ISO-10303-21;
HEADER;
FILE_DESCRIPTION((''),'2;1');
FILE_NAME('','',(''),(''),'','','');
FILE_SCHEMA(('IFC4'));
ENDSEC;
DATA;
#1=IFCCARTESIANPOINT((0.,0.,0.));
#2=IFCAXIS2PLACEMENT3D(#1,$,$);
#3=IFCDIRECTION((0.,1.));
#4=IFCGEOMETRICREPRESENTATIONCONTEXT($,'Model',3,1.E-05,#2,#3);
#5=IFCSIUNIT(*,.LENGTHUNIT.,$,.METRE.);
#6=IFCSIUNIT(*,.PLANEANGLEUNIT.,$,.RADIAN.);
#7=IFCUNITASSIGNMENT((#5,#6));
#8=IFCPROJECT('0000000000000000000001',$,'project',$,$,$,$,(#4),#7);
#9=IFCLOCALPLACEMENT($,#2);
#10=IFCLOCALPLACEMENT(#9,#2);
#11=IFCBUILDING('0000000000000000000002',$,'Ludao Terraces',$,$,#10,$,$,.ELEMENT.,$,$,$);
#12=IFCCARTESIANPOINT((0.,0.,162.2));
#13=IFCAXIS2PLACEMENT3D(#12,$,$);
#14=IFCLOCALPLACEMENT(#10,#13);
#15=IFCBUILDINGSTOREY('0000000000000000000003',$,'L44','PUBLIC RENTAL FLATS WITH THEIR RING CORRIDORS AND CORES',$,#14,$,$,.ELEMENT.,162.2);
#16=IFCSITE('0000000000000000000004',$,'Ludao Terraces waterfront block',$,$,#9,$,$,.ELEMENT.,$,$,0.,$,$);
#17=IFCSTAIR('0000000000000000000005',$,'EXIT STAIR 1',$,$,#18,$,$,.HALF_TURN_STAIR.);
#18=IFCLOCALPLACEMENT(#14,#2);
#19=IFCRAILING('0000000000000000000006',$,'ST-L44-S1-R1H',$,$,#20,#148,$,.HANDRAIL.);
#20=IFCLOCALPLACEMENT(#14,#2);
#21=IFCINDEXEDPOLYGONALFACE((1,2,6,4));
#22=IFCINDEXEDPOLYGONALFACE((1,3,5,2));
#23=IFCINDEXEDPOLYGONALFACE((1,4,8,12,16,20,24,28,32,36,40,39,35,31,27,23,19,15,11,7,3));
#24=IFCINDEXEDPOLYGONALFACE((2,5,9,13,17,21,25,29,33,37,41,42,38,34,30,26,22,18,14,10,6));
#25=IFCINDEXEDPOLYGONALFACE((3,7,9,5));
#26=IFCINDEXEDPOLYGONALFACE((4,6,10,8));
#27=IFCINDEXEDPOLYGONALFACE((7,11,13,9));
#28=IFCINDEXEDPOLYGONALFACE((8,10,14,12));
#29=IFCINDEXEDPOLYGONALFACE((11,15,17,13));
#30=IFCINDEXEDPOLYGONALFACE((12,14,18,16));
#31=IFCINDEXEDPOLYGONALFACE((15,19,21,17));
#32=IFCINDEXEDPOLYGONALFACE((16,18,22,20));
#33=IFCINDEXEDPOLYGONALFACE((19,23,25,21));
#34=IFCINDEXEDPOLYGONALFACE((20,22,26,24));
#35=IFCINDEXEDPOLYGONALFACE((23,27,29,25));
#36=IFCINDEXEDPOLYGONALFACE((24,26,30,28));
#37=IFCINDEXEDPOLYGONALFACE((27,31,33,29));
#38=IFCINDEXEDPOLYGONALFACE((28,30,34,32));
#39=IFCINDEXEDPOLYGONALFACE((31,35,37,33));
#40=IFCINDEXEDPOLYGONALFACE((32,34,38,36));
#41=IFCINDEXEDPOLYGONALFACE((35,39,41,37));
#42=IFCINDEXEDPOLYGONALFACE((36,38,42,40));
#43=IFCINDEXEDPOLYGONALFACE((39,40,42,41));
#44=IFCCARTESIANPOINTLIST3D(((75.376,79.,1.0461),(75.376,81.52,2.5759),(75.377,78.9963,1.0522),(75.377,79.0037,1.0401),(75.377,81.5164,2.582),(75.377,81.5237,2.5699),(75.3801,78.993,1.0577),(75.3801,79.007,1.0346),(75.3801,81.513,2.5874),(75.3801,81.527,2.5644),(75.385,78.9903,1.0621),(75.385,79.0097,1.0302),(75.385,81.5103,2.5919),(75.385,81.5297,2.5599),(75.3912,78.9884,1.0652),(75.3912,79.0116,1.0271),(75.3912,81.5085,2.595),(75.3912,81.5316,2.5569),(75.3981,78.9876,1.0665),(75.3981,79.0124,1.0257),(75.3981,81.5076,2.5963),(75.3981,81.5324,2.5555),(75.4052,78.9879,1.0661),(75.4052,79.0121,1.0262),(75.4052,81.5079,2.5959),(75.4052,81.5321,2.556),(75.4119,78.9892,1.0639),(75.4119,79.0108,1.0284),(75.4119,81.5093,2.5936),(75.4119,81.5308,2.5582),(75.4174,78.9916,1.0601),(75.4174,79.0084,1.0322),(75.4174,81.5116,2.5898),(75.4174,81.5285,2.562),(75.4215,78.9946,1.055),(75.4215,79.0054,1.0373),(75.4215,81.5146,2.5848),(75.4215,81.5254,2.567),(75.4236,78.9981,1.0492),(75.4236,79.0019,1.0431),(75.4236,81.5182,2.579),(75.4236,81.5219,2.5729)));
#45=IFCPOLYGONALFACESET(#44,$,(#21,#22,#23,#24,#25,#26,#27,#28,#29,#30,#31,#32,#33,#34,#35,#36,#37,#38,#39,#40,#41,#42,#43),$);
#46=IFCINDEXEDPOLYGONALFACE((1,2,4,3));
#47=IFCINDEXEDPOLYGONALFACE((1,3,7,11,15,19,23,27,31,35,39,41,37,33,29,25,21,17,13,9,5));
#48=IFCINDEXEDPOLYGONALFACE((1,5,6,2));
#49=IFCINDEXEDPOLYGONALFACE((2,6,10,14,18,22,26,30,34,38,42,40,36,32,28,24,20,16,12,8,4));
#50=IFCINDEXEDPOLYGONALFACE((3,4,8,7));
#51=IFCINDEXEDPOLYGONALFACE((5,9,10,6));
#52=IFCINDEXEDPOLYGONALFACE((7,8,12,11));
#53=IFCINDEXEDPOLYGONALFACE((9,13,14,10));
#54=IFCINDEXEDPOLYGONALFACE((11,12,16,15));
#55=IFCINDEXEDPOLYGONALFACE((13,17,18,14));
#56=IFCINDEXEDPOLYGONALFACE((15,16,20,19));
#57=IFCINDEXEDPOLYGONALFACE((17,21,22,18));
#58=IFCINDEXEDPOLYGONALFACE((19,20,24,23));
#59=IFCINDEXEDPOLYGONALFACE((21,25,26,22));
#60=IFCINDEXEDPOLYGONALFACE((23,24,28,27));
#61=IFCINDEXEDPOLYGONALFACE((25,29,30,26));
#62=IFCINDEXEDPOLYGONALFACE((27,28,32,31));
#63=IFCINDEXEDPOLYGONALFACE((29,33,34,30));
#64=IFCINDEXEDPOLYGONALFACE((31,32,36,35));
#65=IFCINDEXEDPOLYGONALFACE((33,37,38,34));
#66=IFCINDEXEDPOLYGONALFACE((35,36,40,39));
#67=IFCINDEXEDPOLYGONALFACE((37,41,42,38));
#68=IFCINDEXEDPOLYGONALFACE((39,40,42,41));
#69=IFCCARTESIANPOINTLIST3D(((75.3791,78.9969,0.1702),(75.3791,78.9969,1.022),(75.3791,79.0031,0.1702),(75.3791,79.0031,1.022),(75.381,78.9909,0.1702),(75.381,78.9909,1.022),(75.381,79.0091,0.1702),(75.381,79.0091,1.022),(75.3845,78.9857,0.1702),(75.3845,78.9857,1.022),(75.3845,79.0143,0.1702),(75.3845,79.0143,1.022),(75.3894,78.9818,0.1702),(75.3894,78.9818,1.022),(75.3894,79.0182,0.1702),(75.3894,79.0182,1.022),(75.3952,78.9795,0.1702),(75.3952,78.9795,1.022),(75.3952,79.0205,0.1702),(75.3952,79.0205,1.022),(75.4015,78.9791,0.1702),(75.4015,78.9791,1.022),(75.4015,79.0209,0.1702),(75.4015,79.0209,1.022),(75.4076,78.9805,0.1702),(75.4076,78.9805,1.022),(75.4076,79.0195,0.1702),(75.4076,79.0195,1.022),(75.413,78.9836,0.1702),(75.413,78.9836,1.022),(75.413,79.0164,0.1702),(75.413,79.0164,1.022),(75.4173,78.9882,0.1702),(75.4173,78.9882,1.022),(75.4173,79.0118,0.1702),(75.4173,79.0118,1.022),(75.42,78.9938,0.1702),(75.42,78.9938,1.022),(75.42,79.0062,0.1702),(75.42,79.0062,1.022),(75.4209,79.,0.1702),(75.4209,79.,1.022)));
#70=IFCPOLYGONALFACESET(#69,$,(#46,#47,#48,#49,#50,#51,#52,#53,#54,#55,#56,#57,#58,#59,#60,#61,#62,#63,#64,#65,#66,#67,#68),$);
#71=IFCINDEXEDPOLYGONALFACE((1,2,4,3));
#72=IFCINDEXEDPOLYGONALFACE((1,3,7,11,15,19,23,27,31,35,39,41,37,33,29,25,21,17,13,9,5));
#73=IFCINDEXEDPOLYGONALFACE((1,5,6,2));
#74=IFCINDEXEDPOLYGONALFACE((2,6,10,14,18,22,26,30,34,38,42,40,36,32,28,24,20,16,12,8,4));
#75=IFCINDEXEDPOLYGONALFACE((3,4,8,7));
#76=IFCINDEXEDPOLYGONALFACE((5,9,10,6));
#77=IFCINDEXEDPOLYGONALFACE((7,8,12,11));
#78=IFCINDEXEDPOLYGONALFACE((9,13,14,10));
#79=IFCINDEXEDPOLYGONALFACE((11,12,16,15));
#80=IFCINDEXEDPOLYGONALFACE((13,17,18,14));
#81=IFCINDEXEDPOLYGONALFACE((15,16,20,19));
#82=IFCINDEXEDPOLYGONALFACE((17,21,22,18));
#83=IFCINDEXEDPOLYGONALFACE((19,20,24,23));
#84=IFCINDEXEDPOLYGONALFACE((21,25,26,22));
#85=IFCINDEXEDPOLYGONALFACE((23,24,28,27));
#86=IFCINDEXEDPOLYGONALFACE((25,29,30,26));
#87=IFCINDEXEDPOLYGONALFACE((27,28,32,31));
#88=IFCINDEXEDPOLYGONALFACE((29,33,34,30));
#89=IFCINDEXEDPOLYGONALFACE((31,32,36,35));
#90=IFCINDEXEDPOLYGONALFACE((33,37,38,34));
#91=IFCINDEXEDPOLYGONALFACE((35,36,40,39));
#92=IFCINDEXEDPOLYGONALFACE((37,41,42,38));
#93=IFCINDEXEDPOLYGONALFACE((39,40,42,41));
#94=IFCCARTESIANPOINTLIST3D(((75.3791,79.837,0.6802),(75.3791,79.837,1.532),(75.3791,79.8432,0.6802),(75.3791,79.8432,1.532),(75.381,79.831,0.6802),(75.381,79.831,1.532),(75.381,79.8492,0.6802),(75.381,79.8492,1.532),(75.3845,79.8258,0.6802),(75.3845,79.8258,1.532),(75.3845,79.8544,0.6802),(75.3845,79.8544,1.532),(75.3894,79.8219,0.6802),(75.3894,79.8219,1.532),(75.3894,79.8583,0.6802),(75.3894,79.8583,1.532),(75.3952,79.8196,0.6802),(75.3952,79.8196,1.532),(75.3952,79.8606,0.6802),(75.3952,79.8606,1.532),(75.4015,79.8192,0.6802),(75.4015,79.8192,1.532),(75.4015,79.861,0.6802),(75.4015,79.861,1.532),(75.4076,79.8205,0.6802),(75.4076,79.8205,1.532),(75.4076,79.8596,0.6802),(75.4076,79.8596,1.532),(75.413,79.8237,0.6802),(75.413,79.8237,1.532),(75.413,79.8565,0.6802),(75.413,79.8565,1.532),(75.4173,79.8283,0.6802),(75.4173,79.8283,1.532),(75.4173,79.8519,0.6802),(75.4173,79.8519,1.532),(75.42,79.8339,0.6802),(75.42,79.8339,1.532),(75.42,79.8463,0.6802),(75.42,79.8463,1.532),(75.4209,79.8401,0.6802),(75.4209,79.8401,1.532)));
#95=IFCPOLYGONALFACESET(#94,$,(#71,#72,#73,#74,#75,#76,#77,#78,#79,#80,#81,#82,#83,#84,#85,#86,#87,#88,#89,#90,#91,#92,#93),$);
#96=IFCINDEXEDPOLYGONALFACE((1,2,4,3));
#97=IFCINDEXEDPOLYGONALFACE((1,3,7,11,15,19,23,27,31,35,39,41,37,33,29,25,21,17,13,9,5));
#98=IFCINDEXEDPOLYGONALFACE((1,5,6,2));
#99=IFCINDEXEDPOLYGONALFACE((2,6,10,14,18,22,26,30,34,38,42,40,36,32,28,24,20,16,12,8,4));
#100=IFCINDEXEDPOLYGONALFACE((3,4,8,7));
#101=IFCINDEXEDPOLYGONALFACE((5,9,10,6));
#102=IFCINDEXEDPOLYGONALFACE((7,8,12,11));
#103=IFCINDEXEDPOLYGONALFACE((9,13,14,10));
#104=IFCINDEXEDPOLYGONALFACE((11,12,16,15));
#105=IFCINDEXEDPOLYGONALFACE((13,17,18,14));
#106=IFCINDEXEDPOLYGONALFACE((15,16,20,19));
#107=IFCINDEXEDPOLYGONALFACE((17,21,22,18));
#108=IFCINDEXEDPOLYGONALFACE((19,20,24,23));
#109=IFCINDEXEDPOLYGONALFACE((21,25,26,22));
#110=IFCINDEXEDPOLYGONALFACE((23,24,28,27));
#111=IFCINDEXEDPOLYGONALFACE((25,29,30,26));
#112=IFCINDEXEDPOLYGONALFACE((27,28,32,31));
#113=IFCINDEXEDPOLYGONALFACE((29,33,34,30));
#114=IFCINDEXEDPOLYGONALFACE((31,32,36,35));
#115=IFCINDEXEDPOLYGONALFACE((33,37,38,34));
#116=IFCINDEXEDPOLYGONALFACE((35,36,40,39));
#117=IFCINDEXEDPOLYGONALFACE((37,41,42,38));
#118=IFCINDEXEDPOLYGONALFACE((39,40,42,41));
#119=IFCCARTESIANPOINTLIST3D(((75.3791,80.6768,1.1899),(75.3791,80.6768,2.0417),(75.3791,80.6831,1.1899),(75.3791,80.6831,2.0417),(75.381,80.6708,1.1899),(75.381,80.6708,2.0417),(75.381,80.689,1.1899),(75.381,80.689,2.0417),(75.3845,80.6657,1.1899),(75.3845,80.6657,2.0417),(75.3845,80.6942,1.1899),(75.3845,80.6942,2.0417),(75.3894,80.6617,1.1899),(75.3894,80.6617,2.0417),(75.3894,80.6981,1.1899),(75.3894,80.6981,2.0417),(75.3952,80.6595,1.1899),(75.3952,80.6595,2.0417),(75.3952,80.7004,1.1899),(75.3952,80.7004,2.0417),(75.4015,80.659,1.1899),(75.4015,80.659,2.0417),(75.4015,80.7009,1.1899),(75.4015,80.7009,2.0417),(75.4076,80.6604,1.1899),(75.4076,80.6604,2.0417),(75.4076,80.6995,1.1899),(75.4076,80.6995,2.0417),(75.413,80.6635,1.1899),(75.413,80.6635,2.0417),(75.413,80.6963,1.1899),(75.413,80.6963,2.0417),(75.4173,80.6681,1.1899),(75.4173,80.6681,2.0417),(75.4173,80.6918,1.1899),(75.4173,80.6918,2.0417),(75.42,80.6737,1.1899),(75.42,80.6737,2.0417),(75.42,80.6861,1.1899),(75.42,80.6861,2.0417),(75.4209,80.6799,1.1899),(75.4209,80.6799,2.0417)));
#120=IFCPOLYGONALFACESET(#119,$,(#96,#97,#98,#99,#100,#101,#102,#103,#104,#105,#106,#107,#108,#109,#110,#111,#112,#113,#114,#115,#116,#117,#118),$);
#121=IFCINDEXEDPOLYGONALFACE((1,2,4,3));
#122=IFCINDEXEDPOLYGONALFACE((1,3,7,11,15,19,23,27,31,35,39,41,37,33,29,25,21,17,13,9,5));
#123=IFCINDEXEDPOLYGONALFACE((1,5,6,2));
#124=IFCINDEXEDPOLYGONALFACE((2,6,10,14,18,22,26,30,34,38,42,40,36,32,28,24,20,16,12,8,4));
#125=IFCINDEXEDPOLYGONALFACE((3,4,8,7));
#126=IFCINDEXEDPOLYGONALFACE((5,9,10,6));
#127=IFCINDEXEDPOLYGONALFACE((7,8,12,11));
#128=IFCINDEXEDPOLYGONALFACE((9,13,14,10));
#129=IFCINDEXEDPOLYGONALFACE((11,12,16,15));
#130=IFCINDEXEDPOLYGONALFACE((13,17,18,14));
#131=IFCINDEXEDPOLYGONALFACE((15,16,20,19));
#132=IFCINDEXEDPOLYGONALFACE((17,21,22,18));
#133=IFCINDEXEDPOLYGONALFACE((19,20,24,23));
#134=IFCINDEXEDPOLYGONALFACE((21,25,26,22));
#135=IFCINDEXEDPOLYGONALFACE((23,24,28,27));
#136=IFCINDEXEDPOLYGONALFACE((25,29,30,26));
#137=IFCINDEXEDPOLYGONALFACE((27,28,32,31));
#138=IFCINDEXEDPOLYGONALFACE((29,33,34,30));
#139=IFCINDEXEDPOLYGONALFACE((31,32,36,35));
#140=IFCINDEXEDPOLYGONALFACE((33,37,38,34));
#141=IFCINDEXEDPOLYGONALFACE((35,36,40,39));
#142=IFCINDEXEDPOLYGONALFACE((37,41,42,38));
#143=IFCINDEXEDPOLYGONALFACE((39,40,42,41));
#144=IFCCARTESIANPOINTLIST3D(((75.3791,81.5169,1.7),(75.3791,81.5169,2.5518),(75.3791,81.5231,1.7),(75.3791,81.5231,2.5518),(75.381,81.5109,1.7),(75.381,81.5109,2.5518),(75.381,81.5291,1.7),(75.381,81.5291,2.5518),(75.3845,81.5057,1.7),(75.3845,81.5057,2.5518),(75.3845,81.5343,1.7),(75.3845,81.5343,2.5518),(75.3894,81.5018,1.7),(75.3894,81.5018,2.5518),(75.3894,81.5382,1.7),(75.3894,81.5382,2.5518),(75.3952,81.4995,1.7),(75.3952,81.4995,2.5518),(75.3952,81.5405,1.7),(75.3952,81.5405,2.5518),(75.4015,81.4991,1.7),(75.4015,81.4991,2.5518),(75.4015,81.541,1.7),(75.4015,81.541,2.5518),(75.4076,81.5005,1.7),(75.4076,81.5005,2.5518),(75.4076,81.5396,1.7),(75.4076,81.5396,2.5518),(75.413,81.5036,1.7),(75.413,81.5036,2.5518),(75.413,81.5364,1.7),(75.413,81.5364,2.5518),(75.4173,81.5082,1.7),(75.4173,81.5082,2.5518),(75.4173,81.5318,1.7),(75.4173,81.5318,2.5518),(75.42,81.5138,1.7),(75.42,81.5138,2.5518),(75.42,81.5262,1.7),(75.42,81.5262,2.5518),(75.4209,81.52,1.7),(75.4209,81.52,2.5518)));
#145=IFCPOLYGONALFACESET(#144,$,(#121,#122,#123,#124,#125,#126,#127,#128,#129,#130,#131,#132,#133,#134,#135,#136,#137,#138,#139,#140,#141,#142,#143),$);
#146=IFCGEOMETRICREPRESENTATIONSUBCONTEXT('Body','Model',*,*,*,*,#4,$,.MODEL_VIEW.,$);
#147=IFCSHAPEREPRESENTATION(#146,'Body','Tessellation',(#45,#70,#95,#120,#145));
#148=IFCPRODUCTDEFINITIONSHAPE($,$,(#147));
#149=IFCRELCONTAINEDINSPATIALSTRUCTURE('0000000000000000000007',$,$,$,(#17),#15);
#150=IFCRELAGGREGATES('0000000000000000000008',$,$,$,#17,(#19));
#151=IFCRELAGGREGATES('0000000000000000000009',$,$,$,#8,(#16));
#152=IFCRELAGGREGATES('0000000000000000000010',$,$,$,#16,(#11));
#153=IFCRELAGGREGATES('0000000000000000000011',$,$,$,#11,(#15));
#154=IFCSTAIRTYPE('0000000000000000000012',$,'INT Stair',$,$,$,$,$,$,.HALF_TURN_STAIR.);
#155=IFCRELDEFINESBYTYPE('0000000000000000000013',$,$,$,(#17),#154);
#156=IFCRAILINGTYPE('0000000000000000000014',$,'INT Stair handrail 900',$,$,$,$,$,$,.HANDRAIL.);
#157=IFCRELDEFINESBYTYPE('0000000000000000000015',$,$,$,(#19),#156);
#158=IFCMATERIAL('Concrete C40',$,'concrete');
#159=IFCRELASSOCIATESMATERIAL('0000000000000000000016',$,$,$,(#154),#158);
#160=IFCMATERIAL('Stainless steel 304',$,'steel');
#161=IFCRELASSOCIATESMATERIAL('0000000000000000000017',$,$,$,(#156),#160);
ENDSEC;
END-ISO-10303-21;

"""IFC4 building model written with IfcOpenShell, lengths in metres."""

from ifc_helpers import new_model, si_unit, direction, frame, origin, origin_2d, place, context, subcontext, project, spatial, circle, extrude, material, type_object, element, aggregate, save


model = new_model("IFC4")

# Units and contexts
model_context = context("Model", 3, precision=1e-05, world=origin(), true_north=direction((0.0, 1.0)))
body_context = subcontext(model_context, "Body", "Model", "MODEL_VIEW")
ifc_project = project(units=[si_unit("LENGTHUNIT", "METRE"), si_unit("PLANEANGLEUNIT", "RADIAN")], contexts=[model_context])

# Site, building, storey
site_placement = place(None, origin())
site = spatial("IfcSite", under=ifc_project, at=site_placement, Name="Ludao Terraces waterfront block", CompositionType="ELEMENT", RefElevation=0.0)
building_placement = place(site_placement, origin())
building = spatial("IfcBuilding", under=site, at=building_placement, Name="Ludao Terraces", CompositionType="ELEMENT")
storey_placement = place(building_placement, frame((0.0, 0.0, 162.2)))
storey = spatial("IfcBuildingStorey", under=building, at=storey_placement, Name="L44", Description="PUBLIC RENTAL FLATS WITH THEIR RING CORRIDORS AND CORES", CompositionType="ELEMENT", Elevation=162.2)

# Shared definitions
ifc_material_1 = material(Name="Concrete C40", Category="concrete")

# Stair, railing
stair_type = type_object("IfcStairType", Name="INT Stair", PredefinedType="HALF_TURN_STAIR", material=ifc_material_1)
stair_placement = place(storey_placement, origin())
stair = element("IfcStair", 1, at=stair_placement, inside=storey, type_object=stair_type, Name="EXIT STAIR 1", PredefinedType="HALF_TURN_STAIR")
ifc_material_2 = material(Name="Stainless steel 304", Category="steel")
railing_type = type_object("IfcRailingType", Name="INT Stair handrail 900", PredefinedType="HANDRAIL", material=ifc_material_2)
railing_placement = place(storey_placement, frame((75.3999, 79.0, 0.1702)))
railing = element("IfcRailing", 2, at=railing_placement, type_object=railing_type, Name="ST-L44-S1-R1H", PredefinedType="HANDRAIL", context=body_context, shape_type="SweptSolid", body=[
    extrude(circle(Radius=0.0239, at=origin_2d()), frame((0.0, 0.0, 0.876), z_axis=(0.0, 0.854822, 0.518922), x_axis=(-1.0, 0.0, 0.0)), (0.0, 0.0, 1.0), 2.948),
    extrude(circle(Radius=0.021, at=origin_2d()), origin(), (0.0, 0.0, 1.0), 0.8518),
    extrude(circle(Radius=0.021, at=origin_2d()), frame((0.0, 0.8401, 0.51)), (0.0, 0.0, 1.0), 0.8518),
    extrude(circle(Radius=0.021, at=origin_2d()), frame((0.0, 1.6799, 1.0198)), (0.0, 0.0, 1.0), 0.8518),
    extrude(circle(Radius=0.021, at=origin_2d()), frame((0.0, 2.52, 1.5298)), (0.0, 0.0, 1.0), 0.8518),
])
aggregate(stair, [railing])

save(model, "model.ifc")
